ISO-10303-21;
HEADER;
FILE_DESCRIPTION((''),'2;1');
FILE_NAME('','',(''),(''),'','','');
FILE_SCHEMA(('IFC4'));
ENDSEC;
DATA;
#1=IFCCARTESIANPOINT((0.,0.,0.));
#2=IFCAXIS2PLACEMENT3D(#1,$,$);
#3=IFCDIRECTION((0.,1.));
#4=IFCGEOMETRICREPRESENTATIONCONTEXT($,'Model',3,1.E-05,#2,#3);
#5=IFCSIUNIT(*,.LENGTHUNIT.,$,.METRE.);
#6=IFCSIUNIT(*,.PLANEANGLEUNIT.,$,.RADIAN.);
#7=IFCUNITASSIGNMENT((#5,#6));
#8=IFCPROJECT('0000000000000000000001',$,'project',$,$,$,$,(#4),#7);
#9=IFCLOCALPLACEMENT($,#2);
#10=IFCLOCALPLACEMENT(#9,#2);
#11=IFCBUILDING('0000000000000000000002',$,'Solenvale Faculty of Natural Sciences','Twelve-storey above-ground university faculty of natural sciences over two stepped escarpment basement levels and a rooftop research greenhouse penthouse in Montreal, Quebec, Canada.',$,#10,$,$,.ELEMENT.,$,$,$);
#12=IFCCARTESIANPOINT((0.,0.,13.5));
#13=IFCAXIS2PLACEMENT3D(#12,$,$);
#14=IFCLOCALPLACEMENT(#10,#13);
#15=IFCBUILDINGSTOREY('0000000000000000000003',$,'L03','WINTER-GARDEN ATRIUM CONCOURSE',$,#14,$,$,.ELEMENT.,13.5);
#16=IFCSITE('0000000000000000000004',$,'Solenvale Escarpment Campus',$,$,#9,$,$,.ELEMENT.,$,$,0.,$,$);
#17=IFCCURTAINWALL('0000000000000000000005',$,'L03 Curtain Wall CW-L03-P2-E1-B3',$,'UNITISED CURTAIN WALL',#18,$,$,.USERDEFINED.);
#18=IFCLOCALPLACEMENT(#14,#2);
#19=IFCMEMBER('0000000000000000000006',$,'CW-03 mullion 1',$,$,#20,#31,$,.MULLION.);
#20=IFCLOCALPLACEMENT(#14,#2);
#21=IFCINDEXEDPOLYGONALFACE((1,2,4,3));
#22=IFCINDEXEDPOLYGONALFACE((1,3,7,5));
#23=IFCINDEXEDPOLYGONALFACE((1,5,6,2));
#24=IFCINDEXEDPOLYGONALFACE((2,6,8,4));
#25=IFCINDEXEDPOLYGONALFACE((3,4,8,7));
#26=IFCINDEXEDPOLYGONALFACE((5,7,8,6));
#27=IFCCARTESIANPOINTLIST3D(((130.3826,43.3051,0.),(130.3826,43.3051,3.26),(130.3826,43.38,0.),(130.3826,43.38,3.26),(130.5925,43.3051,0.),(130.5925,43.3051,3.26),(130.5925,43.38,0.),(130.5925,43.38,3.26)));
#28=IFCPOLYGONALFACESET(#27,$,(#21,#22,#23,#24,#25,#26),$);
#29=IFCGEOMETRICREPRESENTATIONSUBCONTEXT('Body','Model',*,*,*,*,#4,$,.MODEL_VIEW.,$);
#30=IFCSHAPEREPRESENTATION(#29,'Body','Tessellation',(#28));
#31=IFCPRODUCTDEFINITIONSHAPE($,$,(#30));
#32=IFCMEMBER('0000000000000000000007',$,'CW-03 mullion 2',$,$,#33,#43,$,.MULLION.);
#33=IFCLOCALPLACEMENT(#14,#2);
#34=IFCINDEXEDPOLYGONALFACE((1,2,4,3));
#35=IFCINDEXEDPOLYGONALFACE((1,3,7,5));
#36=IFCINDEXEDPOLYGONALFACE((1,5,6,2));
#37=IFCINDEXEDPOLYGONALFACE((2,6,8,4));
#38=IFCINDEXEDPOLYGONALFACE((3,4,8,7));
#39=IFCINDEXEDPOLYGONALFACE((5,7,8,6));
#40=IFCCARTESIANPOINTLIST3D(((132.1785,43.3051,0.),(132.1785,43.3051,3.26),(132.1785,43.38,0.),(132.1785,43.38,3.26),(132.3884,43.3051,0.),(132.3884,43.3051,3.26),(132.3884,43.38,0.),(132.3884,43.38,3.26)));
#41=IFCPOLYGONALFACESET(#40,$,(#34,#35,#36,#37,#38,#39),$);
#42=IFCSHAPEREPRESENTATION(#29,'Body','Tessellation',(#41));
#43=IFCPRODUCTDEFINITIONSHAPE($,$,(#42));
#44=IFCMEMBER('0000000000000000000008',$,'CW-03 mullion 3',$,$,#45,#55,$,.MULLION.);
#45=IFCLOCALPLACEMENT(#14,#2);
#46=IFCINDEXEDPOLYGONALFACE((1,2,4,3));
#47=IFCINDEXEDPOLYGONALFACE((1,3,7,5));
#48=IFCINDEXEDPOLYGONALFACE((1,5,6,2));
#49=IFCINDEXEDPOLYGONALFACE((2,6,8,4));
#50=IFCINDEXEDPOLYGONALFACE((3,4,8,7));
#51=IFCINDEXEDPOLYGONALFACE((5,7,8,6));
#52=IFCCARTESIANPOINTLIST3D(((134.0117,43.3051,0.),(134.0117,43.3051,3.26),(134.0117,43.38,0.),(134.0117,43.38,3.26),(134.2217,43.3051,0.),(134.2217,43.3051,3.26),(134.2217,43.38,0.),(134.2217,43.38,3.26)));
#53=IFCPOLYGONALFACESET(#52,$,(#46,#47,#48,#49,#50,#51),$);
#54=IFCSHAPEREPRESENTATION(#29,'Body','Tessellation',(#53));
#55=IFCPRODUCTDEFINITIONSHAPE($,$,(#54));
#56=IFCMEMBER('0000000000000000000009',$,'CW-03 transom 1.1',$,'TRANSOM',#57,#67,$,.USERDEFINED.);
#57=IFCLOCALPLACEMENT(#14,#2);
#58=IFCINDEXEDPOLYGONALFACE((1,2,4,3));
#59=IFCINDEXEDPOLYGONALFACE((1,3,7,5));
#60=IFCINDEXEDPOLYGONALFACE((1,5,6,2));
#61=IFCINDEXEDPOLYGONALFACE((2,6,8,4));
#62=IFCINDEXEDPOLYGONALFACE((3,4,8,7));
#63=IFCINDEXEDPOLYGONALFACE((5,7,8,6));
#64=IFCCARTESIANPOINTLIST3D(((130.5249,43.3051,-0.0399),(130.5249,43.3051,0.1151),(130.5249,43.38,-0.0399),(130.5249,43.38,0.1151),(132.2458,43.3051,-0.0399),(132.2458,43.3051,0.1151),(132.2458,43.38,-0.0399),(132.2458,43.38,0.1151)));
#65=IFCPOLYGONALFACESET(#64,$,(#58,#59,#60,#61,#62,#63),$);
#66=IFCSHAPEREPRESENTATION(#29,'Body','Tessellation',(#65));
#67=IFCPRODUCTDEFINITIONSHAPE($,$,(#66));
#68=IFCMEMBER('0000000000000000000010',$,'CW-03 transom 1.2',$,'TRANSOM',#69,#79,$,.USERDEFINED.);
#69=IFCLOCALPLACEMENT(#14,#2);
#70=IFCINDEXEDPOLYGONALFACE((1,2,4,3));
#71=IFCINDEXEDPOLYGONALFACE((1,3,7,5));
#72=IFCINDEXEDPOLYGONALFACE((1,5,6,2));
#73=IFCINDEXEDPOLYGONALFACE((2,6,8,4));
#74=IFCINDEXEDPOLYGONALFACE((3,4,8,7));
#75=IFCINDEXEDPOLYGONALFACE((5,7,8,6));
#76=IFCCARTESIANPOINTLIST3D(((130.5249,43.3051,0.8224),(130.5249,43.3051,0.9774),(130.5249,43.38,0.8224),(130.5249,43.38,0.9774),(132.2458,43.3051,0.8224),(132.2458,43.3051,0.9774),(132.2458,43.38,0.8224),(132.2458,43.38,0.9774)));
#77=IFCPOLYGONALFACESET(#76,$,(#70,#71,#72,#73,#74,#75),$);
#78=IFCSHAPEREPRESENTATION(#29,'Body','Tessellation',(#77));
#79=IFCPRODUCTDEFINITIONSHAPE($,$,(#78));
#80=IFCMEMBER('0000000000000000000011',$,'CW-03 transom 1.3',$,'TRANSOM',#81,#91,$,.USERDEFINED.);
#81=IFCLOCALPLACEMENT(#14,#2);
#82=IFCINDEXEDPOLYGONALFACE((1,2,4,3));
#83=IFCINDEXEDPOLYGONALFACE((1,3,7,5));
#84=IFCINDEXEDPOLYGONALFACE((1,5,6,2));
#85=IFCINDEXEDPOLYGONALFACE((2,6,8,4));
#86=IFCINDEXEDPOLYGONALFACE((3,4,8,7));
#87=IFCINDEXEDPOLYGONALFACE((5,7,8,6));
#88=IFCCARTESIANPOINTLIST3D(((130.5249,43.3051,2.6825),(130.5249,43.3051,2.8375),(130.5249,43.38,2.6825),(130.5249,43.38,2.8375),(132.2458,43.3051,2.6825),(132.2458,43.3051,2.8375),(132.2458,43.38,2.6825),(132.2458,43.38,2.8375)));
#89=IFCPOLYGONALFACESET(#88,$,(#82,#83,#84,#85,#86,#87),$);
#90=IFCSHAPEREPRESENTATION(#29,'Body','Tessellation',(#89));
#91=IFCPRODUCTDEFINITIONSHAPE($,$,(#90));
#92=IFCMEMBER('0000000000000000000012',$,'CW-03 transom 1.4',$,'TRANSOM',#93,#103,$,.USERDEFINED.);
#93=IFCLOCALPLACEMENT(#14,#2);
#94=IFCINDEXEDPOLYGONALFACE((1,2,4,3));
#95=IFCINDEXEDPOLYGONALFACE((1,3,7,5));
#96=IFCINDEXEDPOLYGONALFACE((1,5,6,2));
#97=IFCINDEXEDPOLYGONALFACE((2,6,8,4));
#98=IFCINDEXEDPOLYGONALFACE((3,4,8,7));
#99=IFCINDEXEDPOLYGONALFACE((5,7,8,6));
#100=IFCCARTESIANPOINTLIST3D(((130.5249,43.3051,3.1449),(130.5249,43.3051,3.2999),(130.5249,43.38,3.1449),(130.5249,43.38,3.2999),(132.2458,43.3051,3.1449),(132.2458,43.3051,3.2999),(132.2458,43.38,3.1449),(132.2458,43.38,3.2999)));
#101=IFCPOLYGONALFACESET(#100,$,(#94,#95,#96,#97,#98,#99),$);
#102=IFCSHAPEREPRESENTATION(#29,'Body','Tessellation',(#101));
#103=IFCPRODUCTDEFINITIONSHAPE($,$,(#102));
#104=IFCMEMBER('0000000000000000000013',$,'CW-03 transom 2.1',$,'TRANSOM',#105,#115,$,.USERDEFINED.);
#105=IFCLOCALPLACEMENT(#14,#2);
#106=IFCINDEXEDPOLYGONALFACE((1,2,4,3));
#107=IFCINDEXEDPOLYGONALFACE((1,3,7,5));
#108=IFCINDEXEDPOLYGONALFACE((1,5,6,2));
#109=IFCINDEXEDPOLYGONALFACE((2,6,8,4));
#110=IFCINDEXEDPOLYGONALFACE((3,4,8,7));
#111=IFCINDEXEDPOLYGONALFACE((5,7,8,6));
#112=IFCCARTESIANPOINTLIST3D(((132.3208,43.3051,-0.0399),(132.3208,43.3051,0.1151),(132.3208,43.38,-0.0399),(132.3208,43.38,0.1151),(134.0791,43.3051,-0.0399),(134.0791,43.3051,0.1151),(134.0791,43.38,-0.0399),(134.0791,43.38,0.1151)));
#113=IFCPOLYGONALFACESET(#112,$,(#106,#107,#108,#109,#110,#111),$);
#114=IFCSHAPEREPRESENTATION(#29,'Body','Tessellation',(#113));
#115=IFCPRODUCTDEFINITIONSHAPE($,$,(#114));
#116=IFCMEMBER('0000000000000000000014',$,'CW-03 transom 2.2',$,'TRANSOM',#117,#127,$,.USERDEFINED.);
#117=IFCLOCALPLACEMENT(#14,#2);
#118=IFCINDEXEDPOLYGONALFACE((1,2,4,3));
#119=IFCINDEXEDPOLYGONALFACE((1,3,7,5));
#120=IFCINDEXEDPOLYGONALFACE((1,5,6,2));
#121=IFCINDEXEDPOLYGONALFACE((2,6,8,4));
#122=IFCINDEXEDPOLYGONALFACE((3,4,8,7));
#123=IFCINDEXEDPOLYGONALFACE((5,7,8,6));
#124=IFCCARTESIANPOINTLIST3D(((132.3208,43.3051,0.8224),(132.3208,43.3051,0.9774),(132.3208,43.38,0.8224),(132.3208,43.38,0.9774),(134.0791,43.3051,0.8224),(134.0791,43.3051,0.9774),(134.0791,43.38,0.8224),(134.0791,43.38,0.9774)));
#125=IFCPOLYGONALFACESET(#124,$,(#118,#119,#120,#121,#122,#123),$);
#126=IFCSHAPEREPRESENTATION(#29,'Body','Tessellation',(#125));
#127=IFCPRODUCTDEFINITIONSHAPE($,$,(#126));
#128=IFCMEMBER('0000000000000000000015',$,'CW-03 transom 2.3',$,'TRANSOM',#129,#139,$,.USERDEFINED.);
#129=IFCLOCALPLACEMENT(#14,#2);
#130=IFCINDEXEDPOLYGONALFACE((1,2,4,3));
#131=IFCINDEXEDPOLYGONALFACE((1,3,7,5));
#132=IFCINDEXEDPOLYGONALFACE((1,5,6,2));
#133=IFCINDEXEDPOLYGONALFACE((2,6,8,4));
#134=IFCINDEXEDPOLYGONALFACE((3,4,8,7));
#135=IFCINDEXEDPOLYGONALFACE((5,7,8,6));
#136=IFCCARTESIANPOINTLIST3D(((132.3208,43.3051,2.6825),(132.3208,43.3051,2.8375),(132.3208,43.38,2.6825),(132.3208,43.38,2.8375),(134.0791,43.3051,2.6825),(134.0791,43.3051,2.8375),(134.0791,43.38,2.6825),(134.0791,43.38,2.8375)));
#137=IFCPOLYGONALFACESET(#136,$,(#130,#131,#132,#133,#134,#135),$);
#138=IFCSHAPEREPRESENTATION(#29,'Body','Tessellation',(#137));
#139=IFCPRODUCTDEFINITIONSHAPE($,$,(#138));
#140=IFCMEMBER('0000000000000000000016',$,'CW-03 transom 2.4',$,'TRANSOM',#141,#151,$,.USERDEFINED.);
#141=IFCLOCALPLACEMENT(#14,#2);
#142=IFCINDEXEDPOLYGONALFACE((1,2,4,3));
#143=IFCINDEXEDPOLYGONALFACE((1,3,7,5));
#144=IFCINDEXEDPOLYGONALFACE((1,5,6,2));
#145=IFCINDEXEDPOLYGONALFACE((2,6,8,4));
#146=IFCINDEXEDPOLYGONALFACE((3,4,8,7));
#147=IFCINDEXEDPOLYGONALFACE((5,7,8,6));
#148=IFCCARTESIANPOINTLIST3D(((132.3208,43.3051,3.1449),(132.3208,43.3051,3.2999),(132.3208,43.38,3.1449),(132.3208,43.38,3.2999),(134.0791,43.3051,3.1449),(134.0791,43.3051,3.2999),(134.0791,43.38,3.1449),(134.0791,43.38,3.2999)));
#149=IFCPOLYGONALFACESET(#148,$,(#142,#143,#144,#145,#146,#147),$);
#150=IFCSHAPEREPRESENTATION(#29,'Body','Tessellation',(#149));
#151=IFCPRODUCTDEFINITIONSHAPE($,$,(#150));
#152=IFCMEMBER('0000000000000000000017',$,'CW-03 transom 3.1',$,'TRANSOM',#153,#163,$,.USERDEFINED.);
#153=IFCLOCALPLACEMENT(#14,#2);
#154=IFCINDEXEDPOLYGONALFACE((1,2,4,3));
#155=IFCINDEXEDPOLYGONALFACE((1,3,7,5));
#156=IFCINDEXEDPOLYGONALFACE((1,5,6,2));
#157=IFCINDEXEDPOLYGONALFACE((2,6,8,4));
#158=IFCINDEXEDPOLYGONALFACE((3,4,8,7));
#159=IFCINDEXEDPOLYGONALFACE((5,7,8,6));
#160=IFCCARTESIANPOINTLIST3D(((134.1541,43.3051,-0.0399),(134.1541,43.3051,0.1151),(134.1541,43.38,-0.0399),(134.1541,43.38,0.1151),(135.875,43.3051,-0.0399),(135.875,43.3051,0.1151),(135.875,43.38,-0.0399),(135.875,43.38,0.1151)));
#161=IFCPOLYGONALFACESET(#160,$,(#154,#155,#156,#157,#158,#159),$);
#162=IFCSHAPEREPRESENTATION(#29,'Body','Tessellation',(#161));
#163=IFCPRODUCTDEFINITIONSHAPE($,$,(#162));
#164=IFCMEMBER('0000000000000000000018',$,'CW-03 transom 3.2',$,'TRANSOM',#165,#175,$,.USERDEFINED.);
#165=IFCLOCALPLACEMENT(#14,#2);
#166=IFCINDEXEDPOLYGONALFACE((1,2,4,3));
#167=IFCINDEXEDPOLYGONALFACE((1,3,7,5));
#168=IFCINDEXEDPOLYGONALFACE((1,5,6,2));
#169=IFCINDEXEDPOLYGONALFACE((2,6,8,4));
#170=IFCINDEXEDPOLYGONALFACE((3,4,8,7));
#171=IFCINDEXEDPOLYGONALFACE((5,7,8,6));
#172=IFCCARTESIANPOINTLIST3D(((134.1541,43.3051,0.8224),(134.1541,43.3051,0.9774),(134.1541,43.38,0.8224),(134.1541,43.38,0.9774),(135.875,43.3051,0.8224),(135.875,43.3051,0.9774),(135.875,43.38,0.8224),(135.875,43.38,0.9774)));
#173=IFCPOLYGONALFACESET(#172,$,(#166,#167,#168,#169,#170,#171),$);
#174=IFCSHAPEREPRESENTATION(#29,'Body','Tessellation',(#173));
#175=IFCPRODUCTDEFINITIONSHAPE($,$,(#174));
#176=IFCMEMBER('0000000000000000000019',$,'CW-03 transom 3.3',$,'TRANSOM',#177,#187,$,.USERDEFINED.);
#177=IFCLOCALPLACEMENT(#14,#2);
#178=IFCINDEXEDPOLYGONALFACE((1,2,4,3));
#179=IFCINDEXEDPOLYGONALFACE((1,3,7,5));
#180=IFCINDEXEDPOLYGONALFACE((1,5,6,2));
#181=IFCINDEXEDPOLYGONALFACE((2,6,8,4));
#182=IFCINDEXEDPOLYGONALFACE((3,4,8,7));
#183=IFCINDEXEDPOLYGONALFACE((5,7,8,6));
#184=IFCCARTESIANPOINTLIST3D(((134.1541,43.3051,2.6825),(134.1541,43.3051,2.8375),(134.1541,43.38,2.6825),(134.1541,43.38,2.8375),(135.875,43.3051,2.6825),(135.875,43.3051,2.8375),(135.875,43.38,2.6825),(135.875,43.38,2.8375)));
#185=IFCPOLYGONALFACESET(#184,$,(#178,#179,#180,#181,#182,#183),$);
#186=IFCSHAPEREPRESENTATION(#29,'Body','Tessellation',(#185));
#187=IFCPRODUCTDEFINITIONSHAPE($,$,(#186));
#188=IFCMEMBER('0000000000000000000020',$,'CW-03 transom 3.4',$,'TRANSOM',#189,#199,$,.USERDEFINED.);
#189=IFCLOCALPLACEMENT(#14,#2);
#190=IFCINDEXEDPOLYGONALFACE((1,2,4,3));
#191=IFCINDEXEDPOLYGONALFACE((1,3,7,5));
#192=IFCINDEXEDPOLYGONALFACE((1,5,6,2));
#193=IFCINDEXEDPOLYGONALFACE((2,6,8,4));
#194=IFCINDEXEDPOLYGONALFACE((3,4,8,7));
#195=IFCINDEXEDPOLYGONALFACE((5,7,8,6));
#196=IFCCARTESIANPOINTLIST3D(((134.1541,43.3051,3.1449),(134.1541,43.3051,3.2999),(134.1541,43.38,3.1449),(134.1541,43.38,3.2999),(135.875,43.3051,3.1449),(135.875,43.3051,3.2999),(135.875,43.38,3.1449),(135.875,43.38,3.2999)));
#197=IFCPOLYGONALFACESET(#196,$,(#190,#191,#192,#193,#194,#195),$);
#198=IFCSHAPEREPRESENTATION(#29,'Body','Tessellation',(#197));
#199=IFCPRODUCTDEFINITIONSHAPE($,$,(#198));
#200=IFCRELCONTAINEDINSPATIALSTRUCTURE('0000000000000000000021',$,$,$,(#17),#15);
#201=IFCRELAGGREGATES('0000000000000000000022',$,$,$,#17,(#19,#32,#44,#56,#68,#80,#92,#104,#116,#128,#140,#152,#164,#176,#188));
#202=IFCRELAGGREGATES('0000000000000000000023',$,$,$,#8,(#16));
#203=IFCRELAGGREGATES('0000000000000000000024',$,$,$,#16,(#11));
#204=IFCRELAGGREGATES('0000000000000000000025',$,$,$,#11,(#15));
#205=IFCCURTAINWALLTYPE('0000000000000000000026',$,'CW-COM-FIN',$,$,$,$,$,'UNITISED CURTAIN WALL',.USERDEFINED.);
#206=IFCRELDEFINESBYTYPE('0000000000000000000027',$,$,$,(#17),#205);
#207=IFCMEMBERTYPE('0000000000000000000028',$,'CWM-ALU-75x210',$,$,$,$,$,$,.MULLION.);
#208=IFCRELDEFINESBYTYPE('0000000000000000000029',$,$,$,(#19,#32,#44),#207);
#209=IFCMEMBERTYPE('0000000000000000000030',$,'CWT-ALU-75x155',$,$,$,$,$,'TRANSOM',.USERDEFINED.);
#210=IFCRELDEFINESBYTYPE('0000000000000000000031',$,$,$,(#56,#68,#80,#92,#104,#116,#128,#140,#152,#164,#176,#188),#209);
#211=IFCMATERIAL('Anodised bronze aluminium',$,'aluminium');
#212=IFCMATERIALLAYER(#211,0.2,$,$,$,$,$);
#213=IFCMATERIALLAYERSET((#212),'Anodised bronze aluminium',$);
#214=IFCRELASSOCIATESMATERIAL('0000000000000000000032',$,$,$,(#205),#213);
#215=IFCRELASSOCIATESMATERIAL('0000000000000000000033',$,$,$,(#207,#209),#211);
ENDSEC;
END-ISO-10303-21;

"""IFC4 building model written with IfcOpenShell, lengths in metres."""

from ifc_helpers import new_model, si_unit, direction, frame, origin, origin_2d, place, context, subcontext, project, spatial, rectangle, extrude, material, layer, layer_set, material_profile, profile_set, type_object, element, aggregate, save


model = new_model("IFC4")

# Units and contexts
model_context = context("Model", 3, precision=1e-05, world=origin(), true_north=direction((0.0, 1.0)))
body_context = subcontext(model_context, "Body", "Model", "MODEL_VIEW")
ifc_project = project(units=[si_unit("LENGTHUNIT", "METRE"), si_unit("PLANEANGLEUNIT", "RADIAN")], contexts=[model_context])

# Site, building, storey
site_placement = place(None, origin())
site = spatial("IfcSite", under=ifc_project, at=site_placement, Name="Solenvale Escarpment Campus", CompositionType="ELEMENT", RefElevation=0.0)
building_placement = place(site_placement, origin())
building = spatial("IfcBuilding", under=site, at=building_placement, Name="Solenvale Faculty of Natural Sciences", Description="Twelve-storey above-ground university faculty of natural sciences over two stepped escarpment basement levels and a rooftop research greenhouse penthouse in Montreal, Quebec, Canada.", CompositionType="ELEMENT")
storey_placement = place(building_placement, frame((0.0, 0.0, 13.5)))
storey = spatial("IfcBuildingStorey", under=building, at=storey_placement, Name="L03", Description="WINTER-GARDEN ATRIUM CONCOURSE", CompositionType="ELEMENT", Elevation=13.5)

# Curtain wall, members
ifc_material_1 = material(Name="Anodised bronze aluminium", Category="aluminium")
ifc_layer_1 = layer(ifc_material_1, 0.2)
ifc_layer_set_1 = layer_set([ifc_layer_1], Name="Anodised bronze aluminium")
curtain_wall_type = type_object("IfcCurtainWallType", Name="CW-COM-FIN", ElementType="UNITISED CURTAIN WALL", PredefinedType="USERDEFINED", material=ifc_layer_set_1)
curtain_wall_placement = place(storey_placement, origin())
curtain_wall = element("IfcCurtainWall", 1, at=curtain_wall_placement, inside=storey, type_object=curtain_wall_type, Name="L03 Curtain Wall CW-L03-P2-E1-B3", ObjectType="UNITISED CURTAIN WALL", PredefinedType="USERDEFINED")
ifc_material_profile_1 = material_profile(ifc_material_1, rectangle(XDim=0.075, YDim=0.21, at=origin_2d()), Name="ALU-MUL-75x210")
ifc_profile_set_1 = profile_set([ifc_material_profile_1], Name="Anodised bronze aluminium")
member_type_1 = type_object("IfcMemberType", Name="CWM-ALU-75x210", PredefinedType="MULLION", material=ifc_profile_set_1)
member_1_placement = place(storey_placement, frame((130.4875, 43.3425, 0.0), z_axis=(0.0, 0.0, 1.0), x_axis=(0.0, 1.0, 0.0)))
member_1 = element("IfcMember", 2, at=member_1_placement, type_object=member_type_1, Name="CW-03 mullion 1", PredefinedType="MULLION", context=body_context, shape_type="SweptSolid", body=[
    extrude(rectangle(XDim=0.075, YDim=0.21, at=origin_2d()), origin(), (0.0, 0.0, 1.0), 3.26),
])
member_2_placement = place(storey_placement, frame((132.2834, 43.3425, 0.0), z_axis=(0.0, 0.0, 1.0), x_axis=(0.0, 1.0, 0.0)))
member_2 = element("IfcMember", 3, at=member_2_placement, type_object=member_type_1, Name="CW-03 mullion 2", PredefinedType="MULLION", context=body_context, shape_type="SweptSolid", body=[
    extrude(rectangle(XDim=0.075, YDim=0.21, at=origin_2d()), origin(), (0.0, 0.0, 1.0), 3.26),
])
member_3_placement = place(storey_placement, frame((134.1167, 43.3425, 0.0), z_axis=(0.0, 0.0, 1.0), x_axis=(0.0, 1.0, 0.0)))
member_3 = element("IfcMember", 4, at=member_3_placement, type_object=member_type_1, Name="CW-03 mullion 3", PredefinedType="MULLION", context=body_context, shape_type="SweptSolid", body=[
    extrude(rectangle(XDim=0.075, YDim=0.21, at=origin_2d()), origin(), (0.0, 0.0, 1.0), 3.26),
])
ifc_material_profile_2 = material_profile(ifc_material_1, rectangle(XDim=0.075, YDim=0.155, at=origin_2d()), Name="ALU-TRN-75x155")
ifc_profile_set_2 = profile_set([ifc_material_profile_2], Name="Anodised bronze aluminium")
member_type_2 = type_object("IfcMemberType", Name="CWT-ALU-75x155", ElementType="TRANSOM", PredefinedType="USERDEFINED", material=ifc_profile_set_2)
member_4_placement = place(storey_placement, frame((130.5249, 43.3425, 0.0376), z_axis=(1.0, 0.0, 0.0), x_axis=(0.0, 1.0, 0.0)))
member_4 = element("IfcMember", 5, at=member_4_placement, type_object=member_type_2, Name="CW-03 transom 1.1", ObjectType="TRANSOM", PredefinedType="USERDEFINED", context=body_context, shape_type="SweptSolid", body=[
    extrude(rectangle(XDim=0.075, YDim=0.155, at=origin_2d()), origin(), (0.0, 0.0, 1.0), 1.7209),
])
member_5_placement = place(storey_placement, frame((130.5249, 43.3425, 0.8999), z_axis=(1.0, 0.0, 0.0), x_axis=(0.0, 1.0, 0.0)))
member_5 = element("IfcMember", 6, at=member_5_placement, type_object=member_type_2, Name="CW-03 transom 1.2", ObjectType="TRANSOM", PredefinedType="USERDEFINED", context=body_context, shape_type="SweptSolid", body=[
    extrude(rectangle(XDim=0.075, YDim=0.155, at=origin_2d()), origin(), (0.0, 0.0, 1.0), 1.7209),
])
member_6_placement = place(storey_placement, frame((130.5249, 43.3425, 2.76), z_axis=(1.0, 0.0, 0.0), x_axis=(0.0, 1.0, 0.0)))
member_6 = element("IfcMember", 7, at=member_6_placement, type_object=member_type_2, Name="CW-03 transom 1.3", ObjectType="TRANSOM", PredefinedType="USERDEFINED", context=body_context, shape_type="SweptSolid", body=[
    extrude(rectangle(XDim=0.075, YDim=0.155, at=origin_2d()), origin(), (0.0, 0.0, 1.0), 1.7209),
])
member_7_placement = place(storey_placement, frame((130.5249, 43.3425, 3.2224), z_axis=(1.0, 0.0, 0.0), x_axis=(0.0, 1.0, 0.0)))
member_7 = element("IfcMember", 8, at=member_7_placement, type_object=member_type_2, Name="CW-03 transom 1.4", ObjectType="TRANSOM", PredefinedType="USERDEFINED", context=body_context, shape_type="SweptSolid", body=[
    extrude(rectangle(XDim=0.075, YDim=0.155, at=origin_2d()), origin(), (0.0, 0.0, 1.0), 1.7209),
])
member_8_placement = place(storey_placement, frame((132.3208, 43.3425, 0.0376), z_axis=(1.0, 0.0, 0.0), x_axis=(0.0, 1.0, 0.0)))
member_8 = element("IfcMember", 9, at=member_8_placement, type_object=member_type_2, Name="CW-03 transom 2.1", ObjectType="TRANSOM", PredefinedType="USERDEFINED", context=body_context, shape_type="SweptSolid", body=[
    extrude(rectangle(XDim=0.075, YDim=0.155, at=origin_2d()), origin(), (0.0, 0.0, 1.0), 1.7583),
])
member_9_placement = place(storey_placement, frame((132.3208, 43.3425, 0.8999), z_axis=(1.0, 0.0, 0.0), x_axis=(0.0, 1.0, 0.0)))
member_9 = element("IfcMember", 10, at=member_9_placement, type_object=member_type_2, Name="CW-03 transom 2.2", ObjectType="TRANSOM", PredefinedType="USERDEFINED", context=body_context, shape_type="SweptSolid", body=[
    extrude(rectangle(XDim=0.075, YDim=0.155, at=origin_2d()), origin(), (0.0, 0.0, 1.0), 1.7583),
])
member_10_placement = place(storey_placement, frame((132.3208, 43.3425, 2.76), z_axis=(1.0, 0.0, 0.0), x_axis=(0.0, 1.0, 0.0)))
member_10 = element("IfcMember", 11, at=member_10_placement, type_object=member_type_2, Name="CW-03 transom 2.3", ObjectType="TRANSOM", PredefinedType="USERDEFINED", context=body_context, shape_type="SweptSolid", body=[
    extrude(rectangle(XDim=0.075, YDim=0.155, at=origin_2d()), origin(), (0.0, 0.0, 1.0), 1.7583),
])
member_11_placement = place(storey_placement, frame((132.3208, 43.3425, 3.2224), z_axis=(1.0, 0.0, 0.0), x_axis=(0.0, 1.0, 0.0)))
member_11 = element("IfcMember", 12, at=member_11_placement, type_object=member_type_2, Name="CW-03 transom 2.4", ObjectType="TRANSOM", PredefinedType="USERDEFINED", context=body_context, shape_type="SweptSolid", body=[
    extrude(rectangle(XDim=0.075, YDim=0.155, at=origin_2d()), origin(), (0.0, 0.0, 1.0), 1.7583),
])
member_12_placement = place(storey_placement, frame((134.1541, 43.3425, 0.0376), z_axis=(1.0, 0.0, 0.0), x_axis=(0.0, 1.0, 0.0)))
member_12 = element("IfcMember", 13, at=member_12_placement, type_object=member_type_2, Name="CW-03 transom 3.1", ObjectType="TRANSOM", PredefinedType="USERDEFINED", context=body_context, shape_type="SweptSolid", body=[
    extrude(rectangle(XDim=0.075, YDim=0.155, at=origin_2d()), origin(), (0.0, 0.0, 1.0), 1.7209),
])
member_13_placement = place(storey_placement, frame((134.1541, 43.3425, 0.8999), z_axis=(1.0, 0.0, 0.0), x_axis=(0.0, 1.0, 0.0)))
member_13 = element("IfcMember", 14, at=member_13_placement, type_object=member_type_2, Name="CW-03 transom 3.2", ObjectType="TRANSOM", PredefinedType="USERDEFINED", context=body_context, shape_type="SweptSolid", body=[
    extrude(rectangle(XDim=0.075, YDim=0.155, at=origin_2d()), origin(), (0.0, 0.0, 1.0), 1.7209),
])
member_14_placement = place(storey_placement, frame((134.1541, 43.3425, 2.76), z_axis=(1.0, 0.0, 0.0), x_axis=(0.0, 1.0, 0.0)))
member_14 = element("IfcMember", 15, at=member_14_placement, type_object=member_type_2, Name="CW-03 transom 3.3", ObjectType="TRANSOM", PredefinedType="USERDEFINED", context=body_context, shape_type="SweptSolid", body=[
    extrude(rectangle(XDim=0.075, YDim=0.155, at=origin_2d()), origin(), (0.0, 0.0, 1.0), 1.7209),
])
member_15_placement = place(storey_placement, frame((134.1541, 43.3425, 3.2224), z_axis=(1.0, 0.0, 0.0), x_axis=(0.0, 1.0, 0.0)))
member_15 = element("IfcMember", 16, at=member_15_placement, type_object=member_type_2, Name="CW-03 transom 3.4", ObjectType="TRANSOM", PredefinedType="USERDEFINED", context=body_context, shape_type="SweptSolid", body=[
    extrude(rectangle(XDim=0.075, YDim=0.155, at=origin_2d()), origin(), (0.0, 0.0, 1.0), 1.7209),
])
aggregate(curtain_wall, [member_1, member_2, member_3, member_4, member_5, member_6, member_7, member_8, member_9, member_10, member_11, member_12, member_13, member_14, member_15])

save(model, "model.ifc")
